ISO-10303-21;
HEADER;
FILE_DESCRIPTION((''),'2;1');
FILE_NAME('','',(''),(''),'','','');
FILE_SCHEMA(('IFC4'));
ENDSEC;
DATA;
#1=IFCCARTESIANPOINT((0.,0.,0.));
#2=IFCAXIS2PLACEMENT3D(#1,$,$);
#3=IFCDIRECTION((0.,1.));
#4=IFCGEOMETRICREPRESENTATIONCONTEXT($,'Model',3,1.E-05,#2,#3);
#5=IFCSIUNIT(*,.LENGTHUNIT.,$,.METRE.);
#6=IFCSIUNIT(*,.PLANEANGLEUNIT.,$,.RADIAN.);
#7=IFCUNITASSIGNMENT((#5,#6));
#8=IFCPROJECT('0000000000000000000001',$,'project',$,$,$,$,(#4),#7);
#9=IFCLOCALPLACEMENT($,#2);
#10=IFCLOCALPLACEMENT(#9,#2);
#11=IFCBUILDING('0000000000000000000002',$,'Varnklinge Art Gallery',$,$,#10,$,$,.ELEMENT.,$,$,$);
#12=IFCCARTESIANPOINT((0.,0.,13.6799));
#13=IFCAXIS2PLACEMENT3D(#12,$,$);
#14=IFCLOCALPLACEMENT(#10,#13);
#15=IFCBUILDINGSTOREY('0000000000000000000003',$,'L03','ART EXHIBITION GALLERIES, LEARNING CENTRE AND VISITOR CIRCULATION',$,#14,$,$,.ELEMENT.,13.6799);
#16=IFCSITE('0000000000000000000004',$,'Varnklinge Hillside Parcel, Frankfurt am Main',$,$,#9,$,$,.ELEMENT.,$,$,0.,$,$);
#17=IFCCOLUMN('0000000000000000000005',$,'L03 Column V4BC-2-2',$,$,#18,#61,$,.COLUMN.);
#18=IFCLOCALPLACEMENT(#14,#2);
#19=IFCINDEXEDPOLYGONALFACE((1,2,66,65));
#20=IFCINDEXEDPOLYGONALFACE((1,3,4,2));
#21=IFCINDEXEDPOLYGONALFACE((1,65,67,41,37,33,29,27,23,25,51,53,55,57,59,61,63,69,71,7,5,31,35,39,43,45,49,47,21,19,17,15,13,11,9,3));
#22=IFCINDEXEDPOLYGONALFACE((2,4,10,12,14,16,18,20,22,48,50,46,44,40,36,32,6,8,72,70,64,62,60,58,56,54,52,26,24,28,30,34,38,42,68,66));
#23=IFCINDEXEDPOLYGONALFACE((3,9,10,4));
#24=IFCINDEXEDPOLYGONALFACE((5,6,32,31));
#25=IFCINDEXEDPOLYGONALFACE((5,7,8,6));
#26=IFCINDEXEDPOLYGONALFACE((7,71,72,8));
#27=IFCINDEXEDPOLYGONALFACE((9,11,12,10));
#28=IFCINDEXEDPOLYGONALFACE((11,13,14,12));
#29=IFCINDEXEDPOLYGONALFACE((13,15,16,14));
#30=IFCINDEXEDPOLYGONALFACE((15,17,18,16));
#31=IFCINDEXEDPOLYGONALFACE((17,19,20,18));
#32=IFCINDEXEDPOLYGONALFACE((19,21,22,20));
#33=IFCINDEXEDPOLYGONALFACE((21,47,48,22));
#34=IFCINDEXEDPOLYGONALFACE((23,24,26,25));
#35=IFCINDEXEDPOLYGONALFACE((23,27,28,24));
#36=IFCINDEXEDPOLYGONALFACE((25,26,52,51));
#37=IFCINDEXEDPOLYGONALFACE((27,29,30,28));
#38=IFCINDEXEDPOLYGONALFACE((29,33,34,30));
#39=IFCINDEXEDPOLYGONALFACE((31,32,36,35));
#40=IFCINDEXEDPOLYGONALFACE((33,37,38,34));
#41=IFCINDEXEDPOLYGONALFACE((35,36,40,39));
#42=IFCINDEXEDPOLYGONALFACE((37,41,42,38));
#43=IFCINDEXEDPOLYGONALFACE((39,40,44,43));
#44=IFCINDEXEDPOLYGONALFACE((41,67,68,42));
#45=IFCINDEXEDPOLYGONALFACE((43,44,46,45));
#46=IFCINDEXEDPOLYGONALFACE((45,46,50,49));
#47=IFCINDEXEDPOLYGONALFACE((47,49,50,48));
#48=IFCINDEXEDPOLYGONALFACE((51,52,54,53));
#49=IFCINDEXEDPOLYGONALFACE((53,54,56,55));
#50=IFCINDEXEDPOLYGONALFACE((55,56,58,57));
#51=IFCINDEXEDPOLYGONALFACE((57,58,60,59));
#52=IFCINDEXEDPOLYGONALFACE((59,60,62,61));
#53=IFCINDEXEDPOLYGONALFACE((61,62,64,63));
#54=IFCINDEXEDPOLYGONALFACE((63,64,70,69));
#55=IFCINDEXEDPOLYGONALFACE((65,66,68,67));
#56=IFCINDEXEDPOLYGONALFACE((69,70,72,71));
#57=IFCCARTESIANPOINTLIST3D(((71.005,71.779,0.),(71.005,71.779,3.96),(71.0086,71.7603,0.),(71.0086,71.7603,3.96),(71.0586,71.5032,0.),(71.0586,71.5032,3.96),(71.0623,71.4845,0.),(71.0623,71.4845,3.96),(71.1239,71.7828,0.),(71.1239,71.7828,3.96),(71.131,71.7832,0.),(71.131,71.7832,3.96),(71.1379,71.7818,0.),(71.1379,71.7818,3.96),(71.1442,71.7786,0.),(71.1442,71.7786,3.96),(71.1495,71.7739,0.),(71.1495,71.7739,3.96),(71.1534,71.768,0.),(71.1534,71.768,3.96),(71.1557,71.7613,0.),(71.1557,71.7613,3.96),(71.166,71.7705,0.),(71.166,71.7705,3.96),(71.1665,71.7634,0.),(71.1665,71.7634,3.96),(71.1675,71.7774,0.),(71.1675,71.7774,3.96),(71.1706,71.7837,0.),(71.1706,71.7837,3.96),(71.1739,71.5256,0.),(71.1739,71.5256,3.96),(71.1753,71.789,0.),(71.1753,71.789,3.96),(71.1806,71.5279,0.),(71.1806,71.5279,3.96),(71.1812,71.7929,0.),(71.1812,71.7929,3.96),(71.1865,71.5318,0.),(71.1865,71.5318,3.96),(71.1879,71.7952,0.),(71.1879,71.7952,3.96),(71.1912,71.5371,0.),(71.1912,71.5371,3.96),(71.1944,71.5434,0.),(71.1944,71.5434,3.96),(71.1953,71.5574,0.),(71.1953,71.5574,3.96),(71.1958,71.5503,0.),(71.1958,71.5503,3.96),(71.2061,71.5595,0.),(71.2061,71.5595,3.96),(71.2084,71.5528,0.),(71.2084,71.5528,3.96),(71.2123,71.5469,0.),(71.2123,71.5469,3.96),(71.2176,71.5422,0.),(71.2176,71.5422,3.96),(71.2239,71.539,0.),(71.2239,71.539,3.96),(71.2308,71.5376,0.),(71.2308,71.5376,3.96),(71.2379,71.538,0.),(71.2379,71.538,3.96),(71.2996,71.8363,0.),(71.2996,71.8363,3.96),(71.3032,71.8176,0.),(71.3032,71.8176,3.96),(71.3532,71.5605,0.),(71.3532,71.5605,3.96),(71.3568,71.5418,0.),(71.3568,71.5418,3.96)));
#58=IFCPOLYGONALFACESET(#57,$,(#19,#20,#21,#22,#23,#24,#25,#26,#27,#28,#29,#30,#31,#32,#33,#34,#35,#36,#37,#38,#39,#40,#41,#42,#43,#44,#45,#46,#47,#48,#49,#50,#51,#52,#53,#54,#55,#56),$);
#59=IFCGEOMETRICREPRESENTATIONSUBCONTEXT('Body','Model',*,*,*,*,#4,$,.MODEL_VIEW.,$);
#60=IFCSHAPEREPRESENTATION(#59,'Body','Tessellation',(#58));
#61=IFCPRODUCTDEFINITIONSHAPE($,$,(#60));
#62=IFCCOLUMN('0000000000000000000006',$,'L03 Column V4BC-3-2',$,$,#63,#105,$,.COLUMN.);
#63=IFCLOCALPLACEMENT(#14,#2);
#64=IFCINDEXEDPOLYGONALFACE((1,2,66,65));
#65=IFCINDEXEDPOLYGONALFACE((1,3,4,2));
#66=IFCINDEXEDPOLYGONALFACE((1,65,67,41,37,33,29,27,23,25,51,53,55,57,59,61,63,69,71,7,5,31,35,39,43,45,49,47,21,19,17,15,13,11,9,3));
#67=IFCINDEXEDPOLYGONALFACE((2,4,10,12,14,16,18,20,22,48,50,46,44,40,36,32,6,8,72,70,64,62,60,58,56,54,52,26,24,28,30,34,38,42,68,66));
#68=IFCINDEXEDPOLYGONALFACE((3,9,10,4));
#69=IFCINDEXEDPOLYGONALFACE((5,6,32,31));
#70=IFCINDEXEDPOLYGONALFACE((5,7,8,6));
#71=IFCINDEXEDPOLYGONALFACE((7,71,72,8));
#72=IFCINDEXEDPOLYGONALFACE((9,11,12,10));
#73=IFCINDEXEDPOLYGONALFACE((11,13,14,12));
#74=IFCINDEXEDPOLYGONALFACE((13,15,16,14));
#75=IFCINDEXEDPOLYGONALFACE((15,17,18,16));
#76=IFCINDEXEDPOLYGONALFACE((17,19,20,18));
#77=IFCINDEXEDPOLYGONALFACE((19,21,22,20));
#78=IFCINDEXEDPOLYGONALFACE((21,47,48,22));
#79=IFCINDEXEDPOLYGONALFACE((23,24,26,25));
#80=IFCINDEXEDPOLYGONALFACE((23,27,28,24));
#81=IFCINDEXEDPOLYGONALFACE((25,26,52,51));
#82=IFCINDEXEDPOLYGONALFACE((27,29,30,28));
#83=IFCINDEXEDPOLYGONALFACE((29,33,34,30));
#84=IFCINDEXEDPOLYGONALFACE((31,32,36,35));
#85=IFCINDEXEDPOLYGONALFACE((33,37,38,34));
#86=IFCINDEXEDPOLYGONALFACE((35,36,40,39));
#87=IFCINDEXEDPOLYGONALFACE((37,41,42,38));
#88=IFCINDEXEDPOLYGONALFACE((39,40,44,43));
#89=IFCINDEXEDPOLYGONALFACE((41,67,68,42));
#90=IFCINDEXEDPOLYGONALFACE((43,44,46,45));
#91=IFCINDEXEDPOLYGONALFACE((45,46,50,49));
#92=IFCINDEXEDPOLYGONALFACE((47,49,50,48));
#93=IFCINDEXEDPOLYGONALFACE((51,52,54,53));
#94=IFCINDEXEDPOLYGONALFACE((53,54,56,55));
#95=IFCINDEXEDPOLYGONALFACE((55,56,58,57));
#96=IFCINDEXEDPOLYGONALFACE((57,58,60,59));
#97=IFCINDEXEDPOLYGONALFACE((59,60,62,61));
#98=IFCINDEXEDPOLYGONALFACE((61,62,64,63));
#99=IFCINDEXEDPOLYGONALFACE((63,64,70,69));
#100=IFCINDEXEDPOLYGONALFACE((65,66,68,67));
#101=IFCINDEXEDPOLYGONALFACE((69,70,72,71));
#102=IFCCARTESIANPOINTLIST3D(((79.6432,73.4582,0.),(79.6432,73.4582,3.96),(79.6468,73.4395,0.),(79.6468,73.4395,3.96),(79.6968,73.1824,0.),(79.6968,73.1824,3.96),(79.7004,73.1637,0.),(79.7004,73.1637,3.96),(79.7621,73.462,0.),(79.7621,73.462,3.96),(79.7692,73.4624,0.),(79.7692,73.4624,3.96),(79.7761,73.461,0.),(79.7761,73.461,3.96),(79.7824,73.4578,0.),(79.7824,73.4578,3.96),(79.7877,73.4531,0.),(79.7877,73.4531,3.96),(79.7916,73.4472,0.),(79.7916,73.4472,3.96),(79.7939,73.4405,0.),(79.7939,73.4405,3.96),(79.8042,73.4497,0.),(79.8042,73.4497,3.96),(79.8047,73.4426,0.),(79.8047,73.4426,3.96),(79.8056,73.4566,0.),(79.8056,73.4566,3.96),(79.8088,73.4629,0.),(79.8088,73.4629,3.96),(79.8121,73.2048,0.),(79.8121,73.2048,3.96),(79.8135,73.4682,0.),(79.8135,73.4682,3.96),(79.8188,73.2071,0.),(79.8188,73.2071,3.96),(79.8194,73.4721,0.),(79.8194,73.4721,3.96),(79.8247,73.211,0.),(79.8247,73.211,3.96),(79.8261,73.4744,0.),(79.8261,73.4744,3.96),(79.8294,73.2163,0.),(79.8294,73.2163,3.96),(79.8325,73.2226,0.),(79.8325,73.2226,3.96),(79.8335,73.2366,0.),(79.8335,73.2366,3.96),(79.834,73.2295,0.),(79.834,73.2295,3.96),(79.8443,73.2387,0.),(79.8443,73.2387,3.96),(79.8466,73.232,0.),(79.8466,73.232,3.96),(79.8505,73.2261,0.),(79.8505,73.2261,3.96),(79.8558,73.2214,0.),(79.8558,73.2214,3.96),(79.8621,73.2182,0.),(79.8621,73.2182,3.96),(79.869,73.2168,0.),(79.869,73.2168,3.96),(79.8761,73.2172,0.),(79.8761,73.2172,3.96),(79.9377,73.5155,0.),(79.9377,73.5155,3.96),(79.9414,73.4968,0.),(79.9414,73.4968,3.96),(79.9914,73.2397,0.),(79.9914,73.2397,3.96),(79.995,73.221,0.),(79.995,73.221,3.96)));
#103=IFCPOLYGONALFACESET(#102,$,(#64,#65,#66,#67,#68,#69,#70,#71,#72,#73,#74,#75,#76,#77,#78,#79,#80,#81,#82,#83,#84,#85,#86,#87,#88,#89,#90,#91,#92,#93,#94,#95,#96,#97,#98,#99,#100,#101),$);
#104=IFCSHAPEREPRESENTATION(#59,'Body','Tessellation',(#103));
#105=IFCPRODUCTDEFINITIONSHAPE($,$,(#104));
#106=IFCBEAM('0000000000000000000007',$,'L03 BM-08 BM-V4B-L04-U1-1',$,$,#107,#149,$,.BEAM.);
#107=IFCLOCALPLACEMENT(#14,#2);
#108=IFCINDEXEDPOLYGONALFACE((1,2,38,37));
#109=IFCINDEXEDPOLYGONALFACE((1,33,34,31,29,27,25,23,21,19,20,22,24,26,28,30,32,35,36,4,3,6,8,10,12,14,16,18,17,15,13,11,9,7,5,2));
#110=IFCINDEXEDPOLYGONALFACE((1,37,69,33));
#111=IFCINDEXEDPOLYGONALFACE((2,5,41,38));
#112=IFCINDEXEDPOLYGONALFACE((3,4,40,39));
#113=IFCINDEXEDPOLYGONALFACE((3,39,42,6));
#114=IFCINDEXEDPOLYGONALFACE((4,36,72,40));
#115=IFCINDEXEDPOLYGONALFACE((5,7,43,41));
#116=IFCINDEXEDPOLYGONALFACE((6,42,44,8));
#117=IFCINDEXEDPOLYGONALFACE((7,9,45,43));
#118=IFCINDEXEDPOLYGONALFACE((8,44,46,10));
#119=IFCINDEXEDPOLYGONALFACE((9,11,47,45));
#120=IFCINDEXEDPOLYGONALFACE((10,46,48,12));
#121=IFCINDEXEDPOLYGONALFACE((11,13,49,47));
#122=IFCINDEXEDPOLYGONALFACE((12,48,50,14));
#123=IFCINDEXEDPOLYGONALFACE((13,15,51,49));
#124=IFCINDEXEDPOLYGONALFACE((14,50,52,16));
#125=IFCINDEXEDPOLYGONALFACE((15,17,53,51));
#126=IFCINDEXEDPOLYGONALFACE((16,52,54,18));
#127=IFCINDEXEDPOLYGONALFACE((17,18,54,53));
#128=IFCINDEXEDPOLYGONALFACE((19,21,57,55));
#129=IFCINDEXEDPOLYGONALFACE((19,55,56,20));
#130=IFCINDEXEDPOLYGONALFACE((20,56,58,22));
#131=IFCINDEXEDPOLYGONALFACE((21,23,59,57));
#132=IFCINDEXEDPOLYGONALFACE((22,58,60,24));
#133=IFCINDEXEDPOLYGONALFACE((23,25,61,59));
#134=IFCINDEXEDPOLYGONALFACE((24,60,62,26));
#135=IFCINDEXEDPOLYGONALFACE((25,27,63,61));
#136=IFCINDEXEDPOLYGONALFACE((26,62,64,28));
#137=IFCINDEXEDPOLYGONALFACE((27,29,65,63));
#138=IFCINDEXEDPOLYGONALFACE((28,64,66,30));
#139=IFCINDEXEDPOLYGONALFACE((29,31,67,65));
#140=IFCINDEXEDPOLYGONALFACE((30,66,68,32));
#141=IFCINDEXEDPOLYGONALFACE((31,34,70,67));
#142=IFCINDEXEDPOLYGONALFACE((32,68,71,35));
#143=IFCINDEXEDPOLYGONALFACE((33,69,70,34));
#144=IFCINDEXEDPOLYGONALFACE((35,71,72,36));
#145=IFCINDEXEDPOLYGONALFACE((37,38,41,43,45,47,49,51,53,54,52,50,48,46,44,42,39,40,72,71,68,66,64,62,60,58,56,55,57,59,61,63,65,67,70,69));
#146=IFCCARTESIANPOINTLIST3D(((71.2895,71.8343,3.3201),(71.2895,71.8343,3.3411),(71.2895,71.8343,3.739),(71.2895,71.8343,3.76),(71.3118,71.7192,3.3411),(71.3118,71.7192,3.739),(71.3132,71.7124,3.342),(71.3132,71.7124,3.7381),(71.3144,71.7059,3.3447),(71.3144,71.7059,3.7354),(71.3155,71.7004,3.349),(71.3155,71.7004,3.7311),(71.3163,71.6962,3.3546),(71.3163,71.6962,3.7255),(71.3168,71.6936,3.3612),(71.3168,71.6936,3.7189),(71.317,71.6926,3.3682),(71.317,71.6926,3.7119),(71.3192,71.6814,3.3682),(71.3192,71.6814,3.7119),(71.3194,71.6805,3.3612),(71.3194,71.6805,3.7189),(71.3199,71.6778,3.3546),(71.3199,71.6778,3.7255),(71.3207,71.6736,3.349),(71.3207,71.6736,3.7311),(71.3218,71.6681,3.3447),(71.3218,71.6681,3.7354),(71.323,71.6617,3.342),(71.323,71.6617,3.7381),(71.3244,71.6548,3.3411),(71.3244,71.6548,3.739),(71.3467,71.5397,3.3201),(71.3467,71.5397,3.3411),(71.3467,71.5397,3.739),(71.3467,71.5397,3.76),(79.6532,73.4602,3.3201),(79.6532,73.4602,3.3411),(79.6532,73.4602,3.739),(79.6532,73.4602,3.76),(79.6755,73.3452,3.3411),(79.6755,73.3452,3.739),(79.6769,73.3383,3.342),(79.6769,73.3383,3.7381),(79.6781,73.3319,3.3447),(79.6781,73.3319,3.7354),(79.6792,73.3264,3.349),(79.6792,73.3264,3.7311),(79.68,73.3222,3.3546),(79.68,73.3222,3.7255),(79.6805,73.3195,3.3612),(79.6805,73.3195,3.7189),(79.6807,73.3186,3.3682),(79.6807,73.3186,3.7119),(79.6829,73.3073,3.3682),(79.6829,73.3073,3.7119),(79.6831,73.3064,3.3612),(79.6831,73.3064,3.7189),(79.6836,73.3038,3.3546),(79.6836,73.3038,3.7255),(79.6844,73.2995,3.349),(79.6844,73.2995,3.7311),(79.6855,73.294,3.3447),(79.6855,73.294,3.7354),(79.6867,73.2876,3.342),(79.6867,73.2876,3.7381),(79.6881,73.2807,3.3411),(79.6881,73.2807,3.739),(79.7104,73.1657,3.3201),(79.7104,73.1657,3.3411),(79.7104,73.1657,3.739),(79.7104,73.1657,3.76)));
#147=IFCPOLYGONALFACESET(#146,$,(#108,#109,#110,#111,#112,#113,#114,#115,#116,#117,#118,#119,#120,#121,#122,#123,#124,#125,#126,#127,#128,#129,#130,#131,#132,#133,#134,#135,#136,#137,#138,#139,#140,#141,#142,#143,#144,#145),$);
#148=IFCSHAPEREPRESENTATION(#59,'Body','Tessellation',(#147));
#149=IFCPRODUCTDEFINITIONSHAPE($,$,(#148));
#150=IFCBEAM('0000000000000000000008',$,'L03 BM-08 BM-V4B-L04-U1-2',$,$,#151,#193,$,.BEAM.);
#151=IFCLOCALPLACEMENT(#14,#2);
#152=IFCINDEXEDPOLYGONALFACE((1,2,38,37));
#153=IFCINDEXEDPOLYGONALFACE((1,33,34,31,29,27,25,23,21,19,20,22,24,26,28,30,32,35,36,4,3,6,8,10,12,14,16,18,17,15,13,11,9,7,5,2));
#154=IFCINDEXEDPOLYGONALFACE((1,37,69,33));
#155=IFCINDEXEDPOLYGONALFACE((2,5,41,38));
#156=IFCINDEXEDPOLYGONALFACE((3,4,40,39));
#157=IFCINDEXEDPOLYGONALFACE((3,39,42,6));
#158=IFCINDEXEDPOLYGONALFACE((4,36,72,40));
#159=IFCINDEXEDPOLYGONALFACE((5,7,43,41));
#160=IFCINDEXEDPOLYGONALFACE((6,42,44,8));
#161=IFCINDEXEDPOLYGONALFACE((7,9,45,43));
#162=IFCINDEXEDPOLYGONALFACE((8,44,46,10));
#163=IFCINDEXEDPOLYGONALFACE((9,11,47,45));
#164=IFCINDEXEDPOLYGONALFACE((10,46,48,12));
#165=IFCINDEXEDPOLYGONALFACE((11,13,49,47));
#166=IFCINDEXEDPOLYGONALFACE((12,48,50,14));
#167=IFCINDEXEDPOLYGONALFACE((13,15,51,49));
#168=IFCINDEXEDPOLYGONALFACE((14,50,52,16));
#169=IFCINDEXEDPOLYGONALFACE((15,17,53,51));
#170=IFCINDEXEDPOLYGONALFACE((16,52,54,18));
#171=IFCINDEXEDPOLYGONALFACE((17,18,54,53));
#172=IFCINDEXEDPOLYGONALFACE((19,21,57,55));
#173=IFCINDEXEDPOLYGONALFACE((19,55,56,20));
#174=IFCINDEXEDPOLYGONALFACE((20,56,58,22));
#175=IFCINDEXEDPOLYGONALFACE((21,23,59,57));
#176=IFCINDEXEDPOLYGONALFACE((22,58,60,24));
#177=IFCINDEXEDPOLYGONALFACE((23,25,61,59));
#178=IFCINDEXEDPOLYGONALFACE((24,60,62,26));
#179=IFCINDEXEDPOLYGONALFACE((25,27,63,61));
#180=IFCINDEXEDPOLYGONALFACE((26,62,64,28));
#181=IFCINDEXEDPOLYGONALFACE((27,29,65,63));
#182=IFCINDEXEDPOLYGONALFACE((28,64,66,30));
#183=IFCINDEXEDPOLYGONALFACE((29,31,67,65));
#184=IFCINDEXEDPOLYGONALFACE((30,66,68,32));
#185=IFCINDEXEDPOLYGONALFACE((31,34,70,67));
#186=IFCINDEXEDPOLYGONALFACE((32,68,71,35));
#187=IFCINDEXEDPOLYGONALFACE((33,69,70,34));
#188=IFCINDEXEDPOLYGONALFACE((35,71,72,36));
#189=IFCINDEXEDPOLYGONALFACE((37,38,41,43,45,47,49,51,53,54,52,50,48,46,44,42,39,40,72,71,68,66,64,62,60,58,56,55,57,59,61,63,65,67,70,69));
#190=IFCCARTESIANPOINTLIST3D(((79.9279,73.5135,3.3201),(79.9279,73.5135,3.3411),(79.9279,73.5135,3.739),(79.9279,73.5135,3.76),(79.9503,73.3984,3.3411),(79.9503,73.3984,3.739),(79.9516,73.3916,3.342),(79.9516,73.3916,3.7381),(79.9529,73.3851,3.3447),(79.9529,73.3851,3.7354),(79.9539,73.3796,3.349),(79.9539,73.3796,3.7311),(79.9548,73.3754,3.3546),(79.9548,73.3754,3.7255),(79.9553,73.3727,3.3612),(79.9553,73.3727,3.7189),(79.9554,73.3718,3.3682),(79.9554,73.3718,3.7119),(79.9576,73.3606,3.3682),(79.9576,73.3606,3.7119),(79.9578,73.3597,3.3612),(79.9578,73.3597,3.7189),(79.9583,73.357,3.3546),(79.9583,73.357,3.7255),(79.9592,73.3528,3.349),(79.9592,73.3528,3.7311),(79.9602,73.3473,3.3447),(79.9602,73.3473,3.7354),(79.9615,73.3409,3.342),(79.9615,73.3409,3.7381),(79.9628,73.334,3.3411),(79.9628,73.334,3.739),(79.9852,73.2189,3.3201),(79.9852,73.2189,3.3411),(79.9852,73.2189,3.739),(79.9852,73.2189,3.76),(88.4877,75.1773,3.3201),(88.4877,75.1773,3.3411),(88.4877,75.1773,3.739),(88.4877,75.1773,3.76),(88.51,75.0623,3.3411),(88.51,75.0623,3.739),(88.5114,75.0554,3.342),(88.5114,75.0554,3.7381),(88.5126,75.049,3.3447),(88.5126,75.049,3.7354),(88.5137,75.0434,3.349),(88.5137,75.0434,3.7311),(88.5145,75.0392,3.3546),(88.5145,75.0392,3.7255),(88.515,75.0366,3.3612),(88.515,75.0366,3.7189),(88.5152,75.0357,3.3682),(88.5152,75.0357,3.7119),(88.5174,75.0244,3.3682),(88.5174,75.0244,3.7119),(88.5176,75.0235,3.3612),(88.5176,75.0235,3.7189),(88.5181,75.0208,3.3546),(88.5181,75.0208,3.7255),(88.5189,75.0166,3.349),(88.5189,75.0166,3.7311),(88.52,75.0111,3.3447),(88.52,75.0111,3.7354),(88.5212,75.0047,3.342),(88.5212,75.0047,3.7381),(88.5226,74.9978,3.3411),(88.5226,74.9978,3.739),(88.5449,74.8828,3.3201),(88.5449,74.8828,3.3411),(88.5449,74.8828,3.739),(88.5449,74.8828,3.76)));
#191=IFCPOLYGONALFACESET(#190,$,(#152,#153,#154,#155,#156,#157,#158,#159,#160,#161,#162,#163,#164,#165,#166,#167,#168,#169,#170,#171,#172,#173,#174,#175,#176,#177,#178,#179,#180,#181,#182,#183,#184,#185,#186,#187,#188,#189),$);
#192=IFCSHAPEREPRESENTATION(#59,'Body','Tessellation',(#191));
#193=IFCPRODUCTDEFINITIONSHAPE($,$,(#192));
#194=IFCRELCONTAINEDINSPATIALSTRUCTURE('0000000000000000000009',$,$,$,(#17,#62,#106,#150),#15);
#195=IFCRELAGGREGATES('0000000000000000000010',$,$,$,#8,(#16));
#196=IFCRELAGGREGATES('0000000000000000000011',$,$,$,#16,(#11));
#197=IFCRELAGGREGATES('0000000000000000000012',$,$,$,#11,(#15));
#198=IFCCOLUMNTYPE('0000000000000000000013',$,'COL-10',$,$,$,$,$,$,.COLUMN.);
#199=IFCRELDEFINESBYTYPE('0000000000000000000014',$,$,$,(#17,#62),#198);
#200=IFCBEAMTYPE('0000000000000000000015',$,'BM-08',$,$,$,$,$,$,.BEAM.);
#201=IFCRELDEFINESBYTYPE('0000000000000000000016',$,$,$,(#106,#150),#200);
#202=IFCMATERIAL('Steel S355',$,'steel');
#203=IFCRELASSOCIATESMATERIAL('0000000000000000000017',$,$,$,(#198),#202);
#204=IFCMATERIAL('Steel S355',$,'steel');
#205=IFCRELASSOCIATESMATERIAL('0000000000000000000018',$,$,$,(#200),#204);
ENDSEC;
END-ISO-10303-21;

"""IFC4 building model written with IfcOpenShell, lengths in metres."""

from ifc_helpers import new_model, si_unit, direction, frame, origin, origin_2d, place, context, subcontext, project, spatial, i_section, extrude, material, material_profile, profile_set, type_object, element, save


model = new_model("IFC4")

# Units and contexts
model_context = context("Model", 3, precision=1e-05, world=origin(), true_north=direction((0.0, 1.0)))
body_context = subcontext(model_context, "Body", "Model", "MODEL_VIEW")
ifc_project = project(units=[si_unit("LENGTHUNIT", "METRE"), si_unit("PLANEANGLEUNIT", "RADIAN")], contexts=[model_context])

# Site, building, storey
site_placement = place(None, origin())
site = spatial("IfcSite", under=ifc_project, at=site_placement, Name="Varnklinge Hillside Parcel, Frankfurt am Main", CompositionType="ELEMENT", RefElevation=0.0)
building_placement = place(site_placement, origin())
building = spatial("IfcBuilding", under=site, at=building_placement, Name="Varnklinge Art Gallery", CompositionType="ELEMENT")
storey_placement = place(building_placement, frame((0.0, 0.0, 13.6799)))
storey = spatial("IfcBuildingStorey", under=building, at=storey_placement, Name="L03", Description="ART EXHIBITION GALLERIES, LEARNING CENTRE AND VISITOR CIRCULATION", CompositionType="ELEMENT", Elevation=13.6799)

# Columns
ifc_material_1 = material(Name="Steel S355", Category="steel")
ifc_material_profile_1 = material_profile(ifc_material_1, i_section(OverallWidth=0.3, OverallDepth=0.3, WebThickness=0.011, FlangeThickness=0.019, FilletRadius=0.0271, at=origin_2d()), Name="HEB 300")
ifc_profile_set_1 = profile_set([ifc_material_profile_1], Name="Steel S355")
column_type = type_object("IfcColumnType", Name="COL-10", PredefinedType="COLUMN", material=ifc_profile_set_1)
for number, where, z_axis, x_axis, name in (
    (1, (71.1809, 71.6604, 0.0), (0.0, 0.0, 1.0), (0.981627, 0.190809, 0.0), "L03 Column V4BC-2-2"),
    (2, (79.8191, 73.3396, 0.0), (0.0, 0.0, 1.0), (0.981627, 0.190809, 0.0), "L03 Column V4BC-3-2"),
):
    element("IfcColumn", number, at=place(storey_placement, frame(where, z_axis=z_axis, x_axis=x_axis)), inside=storey, type_object=column_type, Name=name, PredefinedType="COLUMN", context=body_context, shape_type="SweptSolid", body=[
        extrude(i_section(OverallWidth=0.3, OverallDepth=0.3, WebThickness=0.011, FlangeThickness=0.019, FilletRadius=0.0271, at=origin_2d()), origin(), (0.0, 0.0, 1.0), 3.96),
    ])

# Beams
ifc_material_2 = material(Name="Steel S355", Category="steel")
ifc_material_profile_2 = material_profile(ifc_material_2, i_section(OverallWidth=0.3, OverallDepth=0.4399, WebThickness=0.0115, FlangeThickness=0.021, FilletRadius=0.0271, at=origin_2d()), Name="HEA 450")
ifc_profile_set_2 = profile_set([ifc_material_profile_2], Name="Steel S355")
beam_type_1 = type_object("IfcBeamType", Name="BM-08", PredefinedType="BEAM", material=ifc_profile_set_2)
beam_1_placement = place(storey_placement, frame((71.3181, 71.687, 3.54), z_axis=(0.981622, 0.190834, 0.0), x_axis=(-0.190834, 0.981622, 0.0)))
element("IfcBeam", 3, at=beam_1_placement, inside=storey, type_object=beam_type_1, Name="L03 BM-08 BM-V4B-L04-U1-1", PredefinedType="BEAM", context=body_context, shape_type="SweptSolid", body=[
    extrude(i_section(OverallWidth=0.3, OverallDepth=0.4399, WebThickness=0.0115, FlangeThickness=0.021, FilletRadius=0.0271, at=origin_2d()), origin(), (0.0, 0.0, 1.0), 8.5203),
])
beam_2_placement = place(storey_placement, frame((79.9565, 73.3662, 3.54), z_axis=(0.981628, 0.190804, 0.0), x_axis=(-0.190804, 0.981628, 0.0)))
element("IfcBeam", 4, at=beam_2_placement, inside=storey, type_object=beam_type_1, Name="L03 BM-08 BM-V4B-L04-U1-2", PredefinedType="BEAM", context=body_context, shape_type="SweptSolid", body=[
    extrude(i_section(OverallWidth=0.3, OverallDepth=0.4399, WebThickness=0.0115, FlangeThickness=0.021, FilletRadius=0.0271, at=origin_2d()), origin(), (0.0, 0.0, 1.0), 8.72),
])

save(model, "model.ifc")
